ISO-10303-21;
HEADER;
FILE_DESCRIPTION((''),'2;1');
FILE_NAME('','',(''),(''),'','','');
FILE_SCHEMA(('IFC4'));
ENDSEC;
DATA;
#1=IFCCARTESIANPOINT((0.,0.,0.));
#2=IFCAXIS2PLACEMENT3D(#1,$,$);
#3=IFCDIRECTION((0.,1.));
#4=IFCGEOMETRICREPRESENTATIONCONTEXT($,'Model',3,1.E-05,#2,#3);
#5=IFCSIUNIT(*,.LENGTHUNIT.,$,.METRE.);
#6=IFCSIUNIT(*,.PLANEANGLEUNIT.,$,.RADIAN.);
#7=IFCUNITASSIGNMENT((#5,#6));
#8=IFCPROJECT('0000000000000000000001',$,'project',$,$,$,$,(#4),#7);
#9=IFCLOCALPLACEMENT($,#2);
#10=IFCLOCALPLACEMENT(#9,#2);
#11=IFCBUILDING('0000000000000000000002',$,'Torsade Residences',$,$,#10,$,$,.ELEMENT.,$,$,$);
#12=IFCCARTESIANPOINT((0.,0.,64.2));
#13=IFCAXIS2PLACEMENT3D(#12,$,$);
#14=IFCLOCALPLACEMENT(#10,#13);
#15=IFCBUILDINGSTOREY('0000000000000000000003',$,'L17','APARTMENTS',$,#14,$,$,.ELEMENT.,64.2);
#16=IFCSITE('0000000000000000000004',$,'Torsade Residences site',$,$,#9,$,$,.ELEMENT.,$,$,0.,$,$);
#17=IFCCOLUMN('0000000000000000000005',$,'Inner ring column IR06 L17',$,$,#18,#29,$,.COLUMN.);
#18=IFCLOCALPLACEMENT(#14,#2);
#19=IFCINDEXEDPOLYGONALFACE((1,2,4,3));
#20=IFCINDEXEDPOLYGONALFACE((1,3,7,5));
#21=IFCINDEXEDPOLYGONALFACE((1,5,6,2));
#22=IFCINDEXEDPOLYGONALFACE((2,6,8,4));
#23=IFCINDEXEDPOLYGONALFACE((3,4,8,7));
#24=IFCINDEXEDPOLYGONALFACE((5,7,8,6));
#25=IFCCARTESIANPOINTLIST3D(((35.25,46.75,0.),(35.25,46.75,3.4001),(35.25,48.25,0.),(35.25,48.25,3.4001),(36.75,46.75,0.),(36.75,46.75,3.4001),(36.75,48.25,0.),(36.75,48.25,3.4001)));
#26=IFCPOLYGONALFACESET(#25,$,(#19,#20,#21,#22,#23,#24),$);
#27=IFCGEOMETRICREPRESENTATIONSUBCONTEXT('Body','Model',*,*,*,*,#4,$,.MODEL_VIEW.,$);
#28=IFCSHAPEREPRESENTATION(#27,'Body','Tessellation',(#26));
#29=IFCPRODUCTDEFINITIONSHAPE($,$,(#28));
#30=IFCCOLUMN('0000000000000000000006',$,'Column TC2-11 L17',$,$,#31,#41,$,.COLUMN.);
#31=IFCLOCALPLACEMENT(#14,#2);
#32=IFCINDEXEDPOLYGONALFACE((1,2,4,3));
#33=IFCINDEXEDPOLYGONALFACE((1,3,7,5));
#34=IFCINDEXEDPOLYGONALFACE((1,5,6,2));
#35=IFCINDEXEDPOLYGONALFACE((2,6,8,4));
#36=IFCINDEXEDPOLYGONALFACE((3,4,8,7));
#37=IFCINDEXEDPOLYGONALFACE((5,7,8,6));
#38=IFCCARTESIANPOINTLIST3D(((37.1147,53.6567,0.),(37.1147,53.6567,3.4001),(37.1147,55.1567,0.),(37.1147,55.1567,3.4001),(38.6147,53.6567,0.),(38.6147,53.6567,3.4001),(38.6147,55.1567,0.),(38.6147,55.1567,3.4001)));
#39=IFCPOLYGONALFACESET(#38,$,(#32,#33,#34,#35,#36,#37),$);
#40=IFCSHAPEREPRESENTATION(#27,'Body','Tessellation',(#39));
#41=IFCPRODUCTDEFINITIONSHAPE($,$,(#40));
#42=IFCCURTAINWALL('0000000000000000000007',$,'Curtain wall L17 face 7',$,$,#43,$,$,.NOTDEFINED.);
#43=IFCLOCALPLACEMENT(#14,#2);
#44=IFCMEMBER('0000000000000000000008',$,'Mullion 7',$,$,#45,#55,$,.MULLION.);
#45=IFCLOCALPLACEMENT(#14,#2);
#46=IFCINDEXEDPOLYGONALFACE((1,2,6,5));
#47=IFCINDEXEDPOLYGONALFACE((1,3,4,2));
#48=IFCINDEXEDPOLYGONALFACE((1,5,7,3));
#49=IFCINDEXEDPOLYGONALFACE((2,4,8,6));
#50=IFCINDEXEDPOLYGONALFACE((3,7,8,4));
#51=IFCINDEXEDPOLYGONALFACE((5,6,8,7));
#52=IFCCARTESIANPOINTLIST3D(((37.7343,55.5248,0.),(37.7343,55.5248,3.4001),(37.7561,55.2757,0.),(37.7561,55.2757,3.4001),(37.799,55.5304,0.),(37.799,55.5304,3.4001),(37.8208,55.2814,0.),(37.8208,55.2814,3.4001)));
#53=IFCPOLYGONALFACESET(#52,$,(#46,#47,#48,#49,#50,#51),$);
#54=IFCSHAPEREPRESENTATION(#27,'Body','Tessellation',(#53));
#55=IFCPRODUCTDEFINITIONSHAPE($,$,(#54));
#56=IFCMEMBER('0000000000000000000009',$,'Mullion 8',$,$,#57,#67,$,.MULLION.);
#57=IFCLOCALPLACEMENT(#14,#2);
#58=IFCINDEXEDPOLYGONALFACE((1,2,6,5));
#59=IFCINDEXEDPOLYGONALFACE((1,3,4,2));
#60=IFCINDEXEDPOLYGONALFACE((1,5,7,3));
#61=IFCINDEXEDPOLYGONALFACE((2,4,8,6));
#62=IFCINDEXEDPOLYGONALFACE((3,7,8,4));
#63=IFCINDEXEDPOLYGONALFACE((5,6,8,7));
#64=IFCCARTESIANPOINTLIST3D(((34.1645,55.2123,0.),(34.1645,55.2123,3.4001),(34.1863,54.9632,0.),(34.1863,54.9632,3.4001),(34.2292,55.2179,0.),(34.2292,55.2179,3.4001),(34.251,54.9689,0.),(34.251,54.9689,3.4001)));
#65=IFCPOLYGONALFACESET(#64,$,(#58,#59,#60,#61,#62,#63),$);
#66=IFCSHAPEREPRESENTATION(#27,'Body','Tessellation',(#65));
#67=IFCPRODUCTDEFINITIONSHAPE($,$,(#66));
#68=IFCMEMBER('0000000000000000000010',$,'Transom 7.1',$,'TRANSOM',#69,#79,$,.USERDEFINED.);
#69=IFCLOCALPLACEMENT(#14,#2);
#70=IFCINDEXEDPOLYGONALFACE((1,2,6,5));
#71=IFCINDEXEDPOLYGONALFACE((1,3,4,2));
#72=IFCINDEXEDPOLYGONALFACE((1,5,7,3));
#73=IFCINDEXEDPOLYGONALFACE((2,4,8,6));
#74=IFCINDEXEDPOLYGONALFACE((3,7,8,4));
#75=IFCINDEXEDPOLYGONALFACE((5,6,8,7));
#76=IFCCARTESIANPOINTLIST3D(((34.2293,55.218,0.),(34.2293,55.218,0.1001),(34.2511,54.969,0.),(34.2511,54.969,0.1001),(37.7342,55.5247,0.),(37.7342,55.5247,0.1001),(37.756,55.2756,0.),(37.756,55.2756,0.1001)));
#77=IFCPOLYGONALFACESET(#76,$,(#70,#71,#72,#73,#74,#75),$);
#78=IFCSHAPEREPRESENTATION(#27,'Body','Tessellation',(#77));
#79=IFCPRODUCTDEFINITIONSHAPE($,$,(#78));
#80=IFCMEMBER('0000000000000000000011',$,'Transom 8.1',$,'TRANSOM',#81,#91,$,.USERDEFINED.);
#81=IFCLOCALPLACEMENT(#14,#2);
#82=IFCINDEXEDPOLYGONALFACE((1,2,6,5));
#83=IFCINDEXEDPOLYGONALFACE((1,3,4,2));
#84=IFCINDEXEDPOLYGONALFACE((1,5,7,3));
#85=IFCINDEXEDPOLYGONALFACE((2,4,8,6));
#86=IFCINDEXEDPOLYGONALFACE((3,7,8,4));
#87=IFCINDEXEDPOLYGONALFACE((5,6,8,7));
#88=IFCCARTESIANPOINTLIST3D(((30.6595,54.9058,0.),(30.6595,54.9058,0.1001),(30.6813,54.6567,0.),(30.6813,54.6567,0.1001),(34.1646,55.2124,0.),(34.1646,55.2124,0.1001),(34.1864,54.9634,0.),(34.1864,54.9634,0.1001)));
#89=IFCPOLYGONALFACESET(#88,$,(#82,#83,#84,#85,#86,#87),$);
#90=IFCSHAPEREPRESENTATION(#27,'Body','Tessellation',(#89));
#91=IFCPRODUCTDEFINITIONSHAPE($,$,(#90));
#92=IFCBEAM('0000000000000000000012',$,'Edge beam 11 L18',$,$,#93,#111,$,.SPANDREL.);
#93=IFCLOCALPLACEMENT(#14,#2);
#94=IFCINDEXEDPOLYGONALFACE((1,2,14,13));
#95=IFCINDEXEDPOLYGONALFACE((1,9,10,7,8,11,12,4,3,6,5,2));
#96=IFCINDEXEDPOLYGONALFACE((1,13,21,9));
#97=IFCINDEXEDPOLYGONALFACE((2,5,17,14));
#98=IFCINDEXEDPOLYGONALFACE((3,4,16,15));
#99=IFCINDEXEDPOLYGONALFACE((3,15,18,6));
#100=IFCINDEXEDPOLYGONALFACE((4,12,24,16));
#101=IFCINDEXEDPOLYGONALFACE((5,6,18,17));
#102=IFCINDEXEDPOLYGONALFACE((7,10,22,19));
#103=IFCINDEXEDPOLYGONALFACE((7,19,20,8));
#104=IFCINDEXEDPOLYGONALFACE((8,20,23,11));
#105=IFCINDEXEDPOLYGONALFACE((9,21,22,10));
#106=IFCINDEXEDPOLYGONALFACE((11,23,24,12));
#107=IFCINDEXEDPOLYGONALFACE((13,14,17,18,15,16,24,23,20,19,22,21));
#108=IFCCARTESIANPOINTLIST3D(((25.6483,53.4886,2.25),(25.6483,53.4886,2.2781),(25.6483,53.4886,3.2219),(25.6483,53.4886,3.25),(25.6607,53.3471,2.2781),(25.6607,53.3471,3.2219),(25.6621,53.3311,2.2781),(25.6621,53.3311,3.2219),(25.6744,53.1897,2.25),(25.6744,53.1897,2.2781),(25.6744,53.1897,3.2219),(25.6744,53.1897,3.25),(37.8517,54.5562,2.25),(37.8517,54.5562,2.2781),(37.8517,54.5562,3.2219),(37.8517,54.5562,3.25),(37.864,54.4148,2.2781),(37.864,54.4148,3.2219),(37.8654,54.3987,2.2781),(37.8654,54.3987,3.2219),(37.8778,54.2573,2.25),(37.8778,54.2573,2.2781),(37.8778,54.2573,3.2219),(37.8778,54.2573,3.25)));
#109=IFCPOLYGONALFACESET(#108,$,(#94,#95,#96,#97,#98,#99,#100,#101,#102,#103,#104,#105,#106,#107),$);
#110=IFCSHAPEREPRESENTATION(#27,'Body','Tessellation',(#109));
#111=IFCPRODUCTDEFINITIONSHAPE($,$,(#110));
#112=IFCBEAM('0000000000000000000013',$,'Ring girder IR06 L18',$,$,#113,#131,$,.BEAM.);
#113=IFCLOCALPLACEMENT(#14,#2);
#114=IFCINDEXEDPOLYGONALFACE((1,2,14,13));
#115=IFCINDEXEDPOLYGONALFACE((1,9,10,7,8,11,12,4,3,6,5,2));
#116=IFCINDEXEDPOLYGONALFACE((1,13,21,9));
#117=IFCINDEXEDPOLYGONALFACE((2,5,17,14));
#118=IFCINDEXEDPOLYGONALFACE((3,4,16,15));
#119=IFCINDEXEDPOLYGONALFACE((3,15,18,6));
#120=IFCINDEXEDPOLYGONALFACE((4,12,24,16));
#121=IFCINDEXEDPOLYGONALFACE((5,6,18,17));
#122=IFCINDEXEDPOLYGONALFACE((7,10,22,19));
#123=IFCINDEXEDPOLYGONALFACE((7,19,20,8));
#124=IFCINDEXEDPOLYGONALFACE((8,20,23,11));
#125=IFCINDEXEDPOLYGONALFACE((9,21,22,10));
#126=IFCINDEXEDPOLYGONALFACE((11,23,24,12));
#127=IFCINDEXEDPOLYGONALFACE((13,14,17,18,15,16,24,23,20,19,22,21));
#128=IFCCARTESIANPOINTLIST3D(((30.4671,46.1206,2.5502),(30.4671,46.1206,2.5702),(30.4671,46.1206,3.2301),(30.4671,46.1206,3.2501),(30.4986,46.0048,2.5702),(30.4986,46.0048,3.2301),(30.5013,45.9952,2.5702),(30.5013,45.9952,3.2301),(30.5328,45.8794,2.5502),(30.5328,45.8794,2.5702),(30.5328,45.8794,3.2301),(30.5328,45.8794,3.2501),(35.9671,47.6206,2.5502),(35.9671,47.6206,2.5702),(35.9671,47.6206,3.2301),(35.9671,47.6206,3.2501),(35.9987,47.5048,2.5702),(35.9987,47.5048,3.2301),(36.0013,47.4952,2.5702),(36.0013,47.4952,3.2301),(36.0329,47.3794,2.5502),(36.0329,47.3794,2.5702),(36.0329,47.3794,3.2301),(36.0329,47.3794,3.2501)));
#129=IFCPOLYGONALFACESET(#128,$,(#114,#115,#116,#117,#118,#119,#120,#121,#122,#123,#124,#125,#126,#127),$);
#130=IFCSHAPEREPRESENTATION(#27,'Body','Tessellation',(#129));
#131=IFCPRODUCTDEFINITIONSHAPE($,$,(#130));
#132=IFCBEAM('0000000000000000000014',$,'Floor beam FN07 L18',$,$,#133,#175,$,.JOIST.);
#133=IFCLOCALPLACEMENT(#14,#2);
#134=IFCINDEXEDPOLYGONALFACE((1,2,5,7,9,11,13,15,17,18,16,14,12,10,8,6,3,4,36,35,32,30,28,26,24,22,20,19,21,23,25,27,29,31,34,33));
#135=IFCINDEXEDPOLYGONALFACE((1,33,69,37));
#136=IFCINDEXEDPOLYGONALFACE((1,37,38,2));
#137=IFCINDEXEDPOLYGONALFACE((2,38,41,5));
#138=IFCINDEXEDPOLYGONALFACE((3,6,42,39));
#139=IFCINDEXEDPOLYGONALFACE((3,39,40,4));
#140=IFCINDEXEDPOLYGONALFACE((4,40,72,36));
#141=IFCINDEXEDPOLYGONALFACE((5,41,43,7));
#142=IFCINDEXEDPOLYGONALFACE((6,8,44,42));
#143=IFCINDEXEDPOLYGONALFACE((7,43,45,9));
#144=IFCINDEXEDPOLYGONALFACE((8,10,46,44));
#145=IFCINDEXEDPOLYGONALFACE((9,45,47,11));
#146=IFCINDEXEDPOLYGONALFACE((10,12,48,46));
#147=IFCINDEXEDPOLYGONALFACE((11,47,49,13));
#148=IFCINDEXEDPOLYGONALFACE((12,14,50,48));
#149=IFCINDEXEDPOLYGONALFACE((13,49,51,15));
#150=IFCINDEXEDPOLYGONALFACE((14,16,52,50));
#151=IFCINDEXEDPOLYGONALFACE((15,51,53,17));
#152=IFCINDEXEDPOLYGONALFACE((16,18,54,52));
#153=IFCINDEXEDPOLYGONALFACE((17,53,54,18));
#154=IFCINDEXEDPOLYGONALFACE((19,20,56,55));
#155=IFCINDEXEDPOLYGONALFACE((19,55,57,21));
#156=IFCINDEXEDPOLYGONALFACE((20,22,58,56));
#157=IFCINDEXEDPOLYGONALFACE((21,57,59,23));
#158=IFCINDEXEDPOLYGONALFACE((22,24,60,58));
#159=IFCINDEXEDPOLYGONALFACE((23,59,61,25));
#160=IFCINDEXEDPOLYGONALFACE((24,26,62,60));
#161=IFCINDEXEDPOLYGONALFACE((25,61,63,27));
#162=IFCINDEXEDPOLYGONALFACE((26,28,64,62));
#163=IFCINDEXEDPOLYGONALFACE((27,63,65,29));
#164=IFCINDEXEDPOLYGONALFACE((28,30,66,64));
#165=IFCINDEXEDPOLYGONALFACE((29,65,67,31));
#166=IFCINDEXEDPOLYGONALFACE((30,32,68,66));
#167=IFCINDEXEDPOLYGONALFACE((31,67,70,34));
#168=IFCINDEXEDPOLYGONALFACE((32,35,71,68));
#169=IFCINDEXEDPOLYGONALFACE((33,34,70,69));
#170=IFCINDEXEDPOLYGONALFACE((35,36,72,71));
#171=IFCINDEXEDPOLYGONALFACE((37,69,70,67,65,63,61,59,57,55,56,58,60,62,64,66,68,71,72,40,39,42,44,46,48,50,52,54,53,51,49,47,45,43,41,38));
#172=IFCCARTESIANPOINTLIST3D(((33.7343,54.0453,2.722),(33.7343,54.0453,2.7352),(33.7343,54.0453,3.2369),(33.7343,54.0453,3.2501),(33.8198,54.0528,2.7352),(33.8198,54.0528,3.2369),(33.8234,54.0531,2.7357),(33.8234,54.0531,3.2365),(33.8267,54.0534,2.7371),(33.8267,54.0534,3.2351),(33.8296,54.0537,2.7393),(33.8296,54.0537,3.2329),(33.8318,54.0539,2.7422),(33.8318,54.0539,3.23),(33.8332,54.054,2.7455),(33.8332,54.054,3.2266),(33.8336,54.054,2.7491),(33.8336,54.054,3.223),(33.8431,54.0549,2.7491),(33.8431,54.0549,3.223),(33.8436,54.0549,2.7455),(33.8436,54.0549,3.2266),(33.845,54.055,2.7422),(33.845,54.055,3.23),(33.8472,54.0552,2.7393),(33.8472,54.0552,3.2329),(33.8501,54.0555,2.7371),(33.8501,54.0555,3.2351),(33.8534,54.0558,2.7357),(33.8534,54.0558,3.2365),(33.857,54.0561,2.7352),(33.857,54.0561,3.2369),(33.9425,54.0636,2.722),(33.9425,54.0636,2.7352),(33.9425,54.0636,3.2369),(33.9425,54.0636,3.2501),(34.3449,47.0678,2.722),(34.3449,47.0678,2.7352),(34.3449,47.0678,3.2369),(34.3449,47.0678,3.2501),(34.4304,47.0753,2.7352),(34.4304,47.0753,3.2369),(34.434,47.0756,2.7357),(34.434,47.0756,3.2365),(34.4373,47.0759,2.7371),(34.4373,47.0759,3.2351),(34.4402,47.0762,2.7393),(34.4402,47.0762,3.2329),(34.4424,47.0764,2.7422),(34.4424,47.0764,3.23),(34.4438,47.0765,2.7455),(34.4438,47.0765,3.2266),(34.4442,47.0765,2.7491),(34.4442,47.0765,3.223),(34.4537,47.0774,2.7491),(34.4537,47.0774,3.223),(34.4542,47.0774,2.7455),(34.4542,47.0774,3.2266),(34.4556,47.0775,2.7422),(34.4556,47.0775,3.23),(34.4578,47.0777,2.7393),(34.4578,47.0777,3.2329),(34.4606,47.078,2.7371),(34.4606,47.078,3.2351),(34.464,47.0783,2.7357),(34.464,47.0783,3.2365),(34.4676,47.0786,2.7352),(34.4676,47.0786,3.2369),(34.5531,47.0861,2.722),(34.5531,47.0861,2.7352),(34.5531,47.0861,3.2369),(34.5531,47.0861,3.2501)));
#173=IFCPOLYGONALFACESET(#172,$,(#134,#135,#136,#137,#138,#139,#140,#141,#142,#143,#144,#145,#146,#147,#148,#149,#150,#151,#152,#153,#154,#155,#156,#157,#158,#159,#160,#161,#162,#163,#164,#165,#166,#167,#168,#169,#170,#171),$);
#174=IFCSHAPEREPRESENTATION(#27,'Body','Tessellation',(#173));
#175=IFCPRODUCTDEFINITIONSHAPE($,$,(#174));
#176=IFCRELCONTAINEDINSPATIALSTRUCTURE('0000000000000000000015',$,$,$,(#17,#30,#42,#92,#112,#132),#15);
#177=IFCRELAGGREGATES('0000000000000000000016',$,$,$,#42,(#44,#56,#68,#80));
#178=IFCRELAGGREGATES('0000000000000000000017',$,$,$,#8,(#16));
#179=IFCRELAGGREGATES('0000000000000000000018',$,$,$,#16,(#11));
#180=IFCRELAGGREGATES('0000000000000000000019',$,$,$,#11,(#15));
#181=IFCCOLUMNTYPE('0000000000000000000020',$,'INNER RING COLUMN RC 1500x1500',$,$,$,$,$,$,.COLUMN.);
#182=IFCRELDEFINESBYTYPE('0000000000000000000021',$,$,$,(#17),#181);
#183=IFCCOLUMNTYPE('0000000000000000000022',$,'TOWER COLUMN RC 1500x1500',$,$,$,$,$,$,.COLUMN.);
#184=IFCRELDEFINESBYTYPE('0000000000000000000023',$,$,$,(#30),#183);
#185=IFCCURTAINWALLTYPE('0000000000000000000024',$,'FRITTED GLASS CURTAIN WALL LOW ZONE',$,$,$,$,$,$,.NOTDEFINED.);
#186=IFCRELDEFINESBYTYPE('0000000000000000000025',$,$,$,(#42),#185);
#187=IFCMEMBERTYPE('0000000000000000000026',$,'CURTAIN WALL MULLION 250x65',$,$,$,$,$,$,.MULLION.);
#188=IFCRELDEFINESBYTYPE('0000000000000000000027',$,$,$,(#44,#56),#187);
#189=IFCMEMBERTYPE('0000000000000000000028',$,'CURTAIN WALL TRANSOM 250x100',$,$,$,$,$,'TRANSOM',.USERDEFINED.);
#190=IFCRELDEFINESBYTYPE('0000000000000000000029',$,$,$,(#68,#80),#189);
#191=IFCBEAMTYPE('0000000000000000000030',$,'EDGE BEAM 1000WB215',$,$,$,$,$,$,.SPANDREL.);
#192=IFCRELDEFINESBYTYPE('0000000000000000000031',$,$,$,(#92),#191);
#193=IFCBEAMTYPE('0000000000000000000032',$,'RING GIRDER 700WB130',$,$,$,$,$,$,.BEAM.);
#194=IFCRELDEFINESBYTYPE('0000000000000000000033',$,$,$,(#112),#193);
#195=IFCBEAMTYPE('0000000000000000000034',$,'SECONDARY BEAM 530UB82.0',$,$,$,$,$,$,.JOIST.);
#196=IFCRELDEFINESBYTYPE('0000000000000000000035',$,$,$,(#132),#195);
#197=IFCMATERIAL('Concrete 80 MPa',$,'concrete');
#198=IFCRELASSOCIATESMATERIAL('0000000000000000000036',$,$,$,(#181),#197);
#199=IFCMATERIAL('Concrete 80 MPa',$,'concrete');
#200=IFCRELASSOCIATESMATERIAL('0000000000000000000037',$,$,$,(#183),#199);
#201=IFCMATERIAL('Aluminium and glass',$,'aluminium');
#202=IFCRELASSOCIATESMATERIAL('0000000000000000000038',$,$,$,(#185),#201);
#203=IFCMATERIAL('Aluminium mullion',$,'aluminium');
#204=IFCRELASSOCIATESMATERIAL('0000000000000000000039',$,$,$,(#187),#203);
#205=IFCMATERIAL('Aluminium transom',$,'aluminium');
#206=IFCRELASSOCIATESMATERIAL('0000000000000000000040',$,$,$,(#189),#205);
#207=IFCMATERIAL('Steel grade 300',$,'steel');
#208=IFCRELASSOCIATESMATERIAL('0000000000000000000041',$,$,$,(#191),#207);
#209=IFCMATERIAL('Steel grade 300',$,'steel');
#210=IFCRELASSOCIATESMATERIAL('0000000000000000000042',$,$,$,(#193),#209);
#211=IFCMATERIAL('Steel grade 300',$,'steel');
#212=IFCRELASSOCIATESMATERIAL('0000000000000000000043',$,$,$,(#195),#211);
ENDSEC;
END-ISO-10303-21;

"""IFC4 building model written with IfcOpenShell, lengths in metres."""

from ifc_helpers import new_model, si_unit, direction, frame, origin, origin_2d, place, context, subcontext, project, spatial, rectangle, i_section, extrude, material, material_profile, profile_set, type_object, element, aggregate, save


model = new_model("IFC4")

# Units and contexts
model_context = context("Model", 3, precision=1e-05, world=origin(), true_north=direction((0.0, 1.0)))
body_context = subcontext(model_context, "Body", "Model", "MODEL_VIEW")
ifc_project = project(units=[si_unit("LENGTHUNIT", "METRE"), si_unit("PLANEANGLEUNIT", "RADIAN")], contexts=[model_context])

# Site, building, storey
site_placement = place(None, origin())
site = spatial("IfcSite", under=ifc_project, at=site_placement, Name="Torsade Residences site", CompositionType="ELEMENT", RefElevation=0.0)
building_placement = place(site_placement, origin())
building = spatial("IfcBuilding", under=site, at=building_placement, Name="Torsade Residences", CompositionType="ELEMENT")
storey_placement = place(building_placement, frame((0.0, 0.0, 64.2)))
storey = spatial("IfcBuildingStorey", under=building, at=storey_placement, Name="L17", Description="APARTMENTS", CompositionType="ELEMENT", Elevation=64.2)

# Columns
ifc_material_1 = material(Name="Concrete 80 MPa", Category="concrete")
ifc_material_profile_1 = material_profile(ifc_material_1, rectangle(XDim=1.5, YDim=1.5, at=origin_2d()), Name="RC 1500x1500")
ifc_profile_set_1 = profile_set([ifc_material_profile_1], Name="Concrete 80 MPa")
column_type_1 = type_object("IfcColumnType", Name="INNER RING COLUMN RC 1500x1500", PredefinedType="COLUMN", material=ifc_profile_set_1)
column_1_placement = place(storey_placement, frame((36.0, 47.5, 0.0), z_axis=(0.0, 0.0, 1.0), x_axis=(1.0, 0.0, 0.0)))
element("IfcColumn", 1, at=column_1_placement, inside=storey, type_object=column_type_1, Name="Inner ring column IR06 L17", PredefinedType="COLUMN", context=body_context, shape_type="SweptSolid", body=[
    extrude(rectangle(XDim=1.5, YDim=1.5, at=origin_2d()), origin(), (0.0, 0.0, 1.0), 3.4001),
])
ifc_material_2 = material(Name="Concrete 80 MPa", Category="concrete")
ifc_material_profile_2 = material_profile(ifc_material_2, rectangle(XDim=1.5, YDim=1.5, at=origin_2d()), Name="RC 1500x1500")
ifc_profile_set_2 = profile_set([ifc_material_profile_2], Name="Concrete 80 MPa")
column_type_2 = type_object("IfcColumnType", Name="TOWER COLUMN RC 1500x1500", PredefinedType="COLUMN", material=ifc_profile_set_2)
column_2_placement = place(storey_placement, frame((37.8647, 54.4067, 0.0), z_axis=(0.0, 0.0, 1.0), x_axis=(1.0, 0.0, 0.0)))
element("IfcColumn", 2, at=column_2_placement, inside=storey, type_object=column_type_2, Name="Column TC2-11 L17", PredefinedType="COLUMN", context=body_context, shape_type="SweptSolid", body=[
    extrude(rectangle(XDim=1.5, YDim=1.5, at=origin_2d()), origin(), (0.0, 0.0, 1.0), 3.4001),
])

# Curtain wall, members
ifc_material_3 = material(Name="Aluminium and glass", Category="aluminium")
curtain_wall_type = type_object("IfcCurtainWallType", Name="FRITTED GLASS CURTAIN WALL LOW ZONE", PredefinedType="NOTDEFINED", material=ifc_material_3)
curtain_wall_placement = place(storey_placement, origin())
curtain_wall = element("IfcCurtainWall", 3, at=curtain_wall_placement, inside=storey, type_object=curtain_wall_type, Name="Curtain wall L17 face 7", PredefinedType="NOTDEFINED")
ifc_material_4 = material(Name="Aluminium mullion", Category="aluminium")
ifc_material_profile_3 = material_profile(ifc_material_4, rectangle(XDim=0.25, YDim=0.0649, at=origin_2d()), Name="CURTAIN WALL MULLION 250x65")
ifc_profile_set_3 = profile_set([ifc_material_profile_3], Name="Aluminium mullion")
member_type_1 = type_object("IfcMemberType", Name="CURTAIN WALL MULLION 250x65", PredefinedType="MULLION", material=ifc_profile_set_3)
member_1_placement = place(storey_placement, frame((37.7776, 55.4031, 0.0), z_axis=(0.0, 0.0, 1.0), x_axis=(0.087156, -0.996195, 0.0)))
member_1 = element("IfcMember", 4, at=member_1_placement, type_object=member_type_1, Name="Mullion 7", PredefinedType="MULLION", context=body_context, shape_type="SweptSolid", body=[
    extrude(rectangle(XDim=0.25, YDim=0.0649, at=origin_2d()), origin(), (0.0, 0.0, 1.0), 3.4001),
])
member_2_placement = place(storey_placement, frame((34.2078, 55.0906, 0.0), z_axis=(0.0, 0.0, 1.0), x_axis=(0.087156, -0.996195, 0.0)))
member_2 = element("IfcMember", 5, at=member_2_placement, type_object=member_type_1, Name="Mullion 8", PredefinedType="MULLION", context=body_context, shape_type="SweptSolid", body=[
    extrude(rectangle(XDim=0.25, YDim=0.0649, at=origin_2d()), origin(), (0.0, 0.0, 1.0), 3.4001),
])
ifc_material_5 = material(Name="Aluminium transom", Category="aluminium")
ifc_material_profile_4 = material_profile(ifc_material_5, rectangle(XDim=0.25, YDim=0.1001, at=origin_2d()), Name="CURTAIN WALL TRANSOM 250x100")
ifc_profile_set_4 = profile_set([ifc_material_profile_4], Name="Aluminium transom")
member_type_2 = type_object("IfcMemberType", Name="CURTAIN WALL TRANSOM 250x100", ElementType="TRANSOM", PredefinedType="USERDEFINED", material=ifc_profile_set_4)
member_3_placement = place(storey_placement, frame((37.7451, 55.4001, 0.05), z_axis=(-0.996195, -0.087157, 0.0), x_axis=(0.087157, -0.996195, 0.0)))
member_3 = element("IfcMember", 6, at=member_3_placement, type_object=member_type_2, Name="Transom 7.1", ObjectType="TRANSOM", PredefinedType="USERDEFINED", context=body_context, shape_type="SweptSolid", body=[
    extrude(rectangle(XDim=0.25, YDim=0.1001, at=origin_2d()), origin(), (0.0, 0.0, 1.0), 3.5183),
])
member_4_placement = place(storey_placement, frame((34.1755, 55.0879, 0.05), z_axis=(-0.996195, -0.087151, 0.0), x_axis=(0.087151, -0.996195, 0.0)))
member_4 = element("IfcMember", 7, at=member_4_placement, type_object=member_type_2, Name="Transom 8.1", ObjectType="TRANSOM", PredefinedType="USERDEFINED", context=body_context, shape_type="SweptSolid", body=[
    extrude(rectangle(XDim=0.25, YDim=0.1001, at=origin_2d()), origin(), (0.0, 0.0, 1.0), 3.5186),
])

# Beams
ifc_material_6 = material(Name="Steel grade 300", Category="steel")
ifc_material_profile_5 = material_profile(ifc_material_6, i_section(OverallWidth=0.3, OverallDepth=1.0, WebThickness=0.0161, FlangeThickness=0.0281, at=origin_2d()), Name="1000WB215")
ifc_profile_set_5 = profile_set([ifc_material_profile_5], Name="Steel grade 300")
beam_type_1 = type_object("IfcBeamType", Name="EDGE BEAM 1000WB215", PredefinedType="SPANDREL", material=ifc_profile_set_5)
beam_1_placement = place(storey_placement, frame((37.8647, 54.4067, 2.75), z_axis=(-0.996195, -0.087153, 0.0), x_axis=(0.087153, -0.996195, 0.0)))
element("IfcBeam", 8, at=beam_1_placement, inside=storey, type_object=beam_type_1, Name="Edge beam 11 L18", PredefinedType="SPANDREL", context=body_context, shape_type="SweptSolid", body=[
    extrude(i_section(OverallWidth=0.3, OverallDepth=1.0, WebThickness=0.0161, FlangeThickness=0.0281, at=origin_2d()), origin(), (0.0, 0.0, 1.0), 12.25),
])
ifc_material_7 = material(Name="Steel grade 300", Category="steel")
ifc_material_profile_6 = material_profile(ifc_material_7, i_section(OverallWidth=0.25, OverallDepth=0.7, WebThickness=0.01, FlangeThickness=0.02, at=origin_2d()), Name="700WB130")
ifc_profile_set_6 = profile_set([ifc_material_profile_6], Name="Steel grade 300")
beam_type_2 = type_object("IfcBeamType", Name="RING GIRDER 700WB130", PredefinedType="BEAM", material=ifc_profile_set_6)
beam_2_placement = place(storey_placement, frame((36.0, 47.5, 2.9001), z_axis=(-0.964764, -0.263117, 0.0), x_axis=(0.263117, -0.964764, 0.0)))
element("IfcBeam", 9, at=beam_2_placement, inside=storey, type_object=beam_type_2, Name="Ring girder IR06 L18", PredefinedType="BEAM", context=body_context, shape_type="SweptSolid", body=[
    extrude(i_section(OverallWidth=0.25, OverallDepth=0.7, WebThickness=0.01, FlangeThickness=0.02, at=origin_2d()), origin(), (0.0, 0.0, 1.0), 5.7009),
])
ifc_material_8 = material(Name="Steel grade 300", Category="steel")
ifc_material_profile_7 = material_profile(ifc_material_8, i_section(OverallWidth=0.209, OverallDepth=0.5281, WebThickness=0.0095, FlangeThickness=0.0132, FilletRadius=0.0139, at=origin_2d()), Name="530UB82.0")
ifc_profile_set_7 = profile_set([ifc_material_profile_7], Name="Steel grade 300")
beam_type_3 = type_object("IfcBeamType", Name="SECONDARY BEAM 530UB82.0", PredefinedType="JOIST", material=ifc_profile_set_7)
beam_3_placement = place(storey_placement, frame((33.8384, 54.0544, 2.9861), z_axis=(0.087176, -0.996193, 0.0), x_axis=(0.996193, 0.087176, 0.0)))
element("IfcBeam", 10, at=beam_3_placement, inside=storey, type_object=beam_type_3, Name="Floor beam FN07 L18", PredefinedType="JOIST", context=body_context, shape_type="SweptSolid", body=[
    extrude(i_section(OverallWidth=0.209, OverallDepth=0.5281, WebThickness=0.0095, FlangeThickness=0.0132, FilletRadius=0.0139, at=origin_2d()), origin(), (0.0, 0.0, 1.0), 7.0042),
])

aggregate(curtain_wall, [member_1, member_2, member_3, member_4])

save(model, "model.ifc")
